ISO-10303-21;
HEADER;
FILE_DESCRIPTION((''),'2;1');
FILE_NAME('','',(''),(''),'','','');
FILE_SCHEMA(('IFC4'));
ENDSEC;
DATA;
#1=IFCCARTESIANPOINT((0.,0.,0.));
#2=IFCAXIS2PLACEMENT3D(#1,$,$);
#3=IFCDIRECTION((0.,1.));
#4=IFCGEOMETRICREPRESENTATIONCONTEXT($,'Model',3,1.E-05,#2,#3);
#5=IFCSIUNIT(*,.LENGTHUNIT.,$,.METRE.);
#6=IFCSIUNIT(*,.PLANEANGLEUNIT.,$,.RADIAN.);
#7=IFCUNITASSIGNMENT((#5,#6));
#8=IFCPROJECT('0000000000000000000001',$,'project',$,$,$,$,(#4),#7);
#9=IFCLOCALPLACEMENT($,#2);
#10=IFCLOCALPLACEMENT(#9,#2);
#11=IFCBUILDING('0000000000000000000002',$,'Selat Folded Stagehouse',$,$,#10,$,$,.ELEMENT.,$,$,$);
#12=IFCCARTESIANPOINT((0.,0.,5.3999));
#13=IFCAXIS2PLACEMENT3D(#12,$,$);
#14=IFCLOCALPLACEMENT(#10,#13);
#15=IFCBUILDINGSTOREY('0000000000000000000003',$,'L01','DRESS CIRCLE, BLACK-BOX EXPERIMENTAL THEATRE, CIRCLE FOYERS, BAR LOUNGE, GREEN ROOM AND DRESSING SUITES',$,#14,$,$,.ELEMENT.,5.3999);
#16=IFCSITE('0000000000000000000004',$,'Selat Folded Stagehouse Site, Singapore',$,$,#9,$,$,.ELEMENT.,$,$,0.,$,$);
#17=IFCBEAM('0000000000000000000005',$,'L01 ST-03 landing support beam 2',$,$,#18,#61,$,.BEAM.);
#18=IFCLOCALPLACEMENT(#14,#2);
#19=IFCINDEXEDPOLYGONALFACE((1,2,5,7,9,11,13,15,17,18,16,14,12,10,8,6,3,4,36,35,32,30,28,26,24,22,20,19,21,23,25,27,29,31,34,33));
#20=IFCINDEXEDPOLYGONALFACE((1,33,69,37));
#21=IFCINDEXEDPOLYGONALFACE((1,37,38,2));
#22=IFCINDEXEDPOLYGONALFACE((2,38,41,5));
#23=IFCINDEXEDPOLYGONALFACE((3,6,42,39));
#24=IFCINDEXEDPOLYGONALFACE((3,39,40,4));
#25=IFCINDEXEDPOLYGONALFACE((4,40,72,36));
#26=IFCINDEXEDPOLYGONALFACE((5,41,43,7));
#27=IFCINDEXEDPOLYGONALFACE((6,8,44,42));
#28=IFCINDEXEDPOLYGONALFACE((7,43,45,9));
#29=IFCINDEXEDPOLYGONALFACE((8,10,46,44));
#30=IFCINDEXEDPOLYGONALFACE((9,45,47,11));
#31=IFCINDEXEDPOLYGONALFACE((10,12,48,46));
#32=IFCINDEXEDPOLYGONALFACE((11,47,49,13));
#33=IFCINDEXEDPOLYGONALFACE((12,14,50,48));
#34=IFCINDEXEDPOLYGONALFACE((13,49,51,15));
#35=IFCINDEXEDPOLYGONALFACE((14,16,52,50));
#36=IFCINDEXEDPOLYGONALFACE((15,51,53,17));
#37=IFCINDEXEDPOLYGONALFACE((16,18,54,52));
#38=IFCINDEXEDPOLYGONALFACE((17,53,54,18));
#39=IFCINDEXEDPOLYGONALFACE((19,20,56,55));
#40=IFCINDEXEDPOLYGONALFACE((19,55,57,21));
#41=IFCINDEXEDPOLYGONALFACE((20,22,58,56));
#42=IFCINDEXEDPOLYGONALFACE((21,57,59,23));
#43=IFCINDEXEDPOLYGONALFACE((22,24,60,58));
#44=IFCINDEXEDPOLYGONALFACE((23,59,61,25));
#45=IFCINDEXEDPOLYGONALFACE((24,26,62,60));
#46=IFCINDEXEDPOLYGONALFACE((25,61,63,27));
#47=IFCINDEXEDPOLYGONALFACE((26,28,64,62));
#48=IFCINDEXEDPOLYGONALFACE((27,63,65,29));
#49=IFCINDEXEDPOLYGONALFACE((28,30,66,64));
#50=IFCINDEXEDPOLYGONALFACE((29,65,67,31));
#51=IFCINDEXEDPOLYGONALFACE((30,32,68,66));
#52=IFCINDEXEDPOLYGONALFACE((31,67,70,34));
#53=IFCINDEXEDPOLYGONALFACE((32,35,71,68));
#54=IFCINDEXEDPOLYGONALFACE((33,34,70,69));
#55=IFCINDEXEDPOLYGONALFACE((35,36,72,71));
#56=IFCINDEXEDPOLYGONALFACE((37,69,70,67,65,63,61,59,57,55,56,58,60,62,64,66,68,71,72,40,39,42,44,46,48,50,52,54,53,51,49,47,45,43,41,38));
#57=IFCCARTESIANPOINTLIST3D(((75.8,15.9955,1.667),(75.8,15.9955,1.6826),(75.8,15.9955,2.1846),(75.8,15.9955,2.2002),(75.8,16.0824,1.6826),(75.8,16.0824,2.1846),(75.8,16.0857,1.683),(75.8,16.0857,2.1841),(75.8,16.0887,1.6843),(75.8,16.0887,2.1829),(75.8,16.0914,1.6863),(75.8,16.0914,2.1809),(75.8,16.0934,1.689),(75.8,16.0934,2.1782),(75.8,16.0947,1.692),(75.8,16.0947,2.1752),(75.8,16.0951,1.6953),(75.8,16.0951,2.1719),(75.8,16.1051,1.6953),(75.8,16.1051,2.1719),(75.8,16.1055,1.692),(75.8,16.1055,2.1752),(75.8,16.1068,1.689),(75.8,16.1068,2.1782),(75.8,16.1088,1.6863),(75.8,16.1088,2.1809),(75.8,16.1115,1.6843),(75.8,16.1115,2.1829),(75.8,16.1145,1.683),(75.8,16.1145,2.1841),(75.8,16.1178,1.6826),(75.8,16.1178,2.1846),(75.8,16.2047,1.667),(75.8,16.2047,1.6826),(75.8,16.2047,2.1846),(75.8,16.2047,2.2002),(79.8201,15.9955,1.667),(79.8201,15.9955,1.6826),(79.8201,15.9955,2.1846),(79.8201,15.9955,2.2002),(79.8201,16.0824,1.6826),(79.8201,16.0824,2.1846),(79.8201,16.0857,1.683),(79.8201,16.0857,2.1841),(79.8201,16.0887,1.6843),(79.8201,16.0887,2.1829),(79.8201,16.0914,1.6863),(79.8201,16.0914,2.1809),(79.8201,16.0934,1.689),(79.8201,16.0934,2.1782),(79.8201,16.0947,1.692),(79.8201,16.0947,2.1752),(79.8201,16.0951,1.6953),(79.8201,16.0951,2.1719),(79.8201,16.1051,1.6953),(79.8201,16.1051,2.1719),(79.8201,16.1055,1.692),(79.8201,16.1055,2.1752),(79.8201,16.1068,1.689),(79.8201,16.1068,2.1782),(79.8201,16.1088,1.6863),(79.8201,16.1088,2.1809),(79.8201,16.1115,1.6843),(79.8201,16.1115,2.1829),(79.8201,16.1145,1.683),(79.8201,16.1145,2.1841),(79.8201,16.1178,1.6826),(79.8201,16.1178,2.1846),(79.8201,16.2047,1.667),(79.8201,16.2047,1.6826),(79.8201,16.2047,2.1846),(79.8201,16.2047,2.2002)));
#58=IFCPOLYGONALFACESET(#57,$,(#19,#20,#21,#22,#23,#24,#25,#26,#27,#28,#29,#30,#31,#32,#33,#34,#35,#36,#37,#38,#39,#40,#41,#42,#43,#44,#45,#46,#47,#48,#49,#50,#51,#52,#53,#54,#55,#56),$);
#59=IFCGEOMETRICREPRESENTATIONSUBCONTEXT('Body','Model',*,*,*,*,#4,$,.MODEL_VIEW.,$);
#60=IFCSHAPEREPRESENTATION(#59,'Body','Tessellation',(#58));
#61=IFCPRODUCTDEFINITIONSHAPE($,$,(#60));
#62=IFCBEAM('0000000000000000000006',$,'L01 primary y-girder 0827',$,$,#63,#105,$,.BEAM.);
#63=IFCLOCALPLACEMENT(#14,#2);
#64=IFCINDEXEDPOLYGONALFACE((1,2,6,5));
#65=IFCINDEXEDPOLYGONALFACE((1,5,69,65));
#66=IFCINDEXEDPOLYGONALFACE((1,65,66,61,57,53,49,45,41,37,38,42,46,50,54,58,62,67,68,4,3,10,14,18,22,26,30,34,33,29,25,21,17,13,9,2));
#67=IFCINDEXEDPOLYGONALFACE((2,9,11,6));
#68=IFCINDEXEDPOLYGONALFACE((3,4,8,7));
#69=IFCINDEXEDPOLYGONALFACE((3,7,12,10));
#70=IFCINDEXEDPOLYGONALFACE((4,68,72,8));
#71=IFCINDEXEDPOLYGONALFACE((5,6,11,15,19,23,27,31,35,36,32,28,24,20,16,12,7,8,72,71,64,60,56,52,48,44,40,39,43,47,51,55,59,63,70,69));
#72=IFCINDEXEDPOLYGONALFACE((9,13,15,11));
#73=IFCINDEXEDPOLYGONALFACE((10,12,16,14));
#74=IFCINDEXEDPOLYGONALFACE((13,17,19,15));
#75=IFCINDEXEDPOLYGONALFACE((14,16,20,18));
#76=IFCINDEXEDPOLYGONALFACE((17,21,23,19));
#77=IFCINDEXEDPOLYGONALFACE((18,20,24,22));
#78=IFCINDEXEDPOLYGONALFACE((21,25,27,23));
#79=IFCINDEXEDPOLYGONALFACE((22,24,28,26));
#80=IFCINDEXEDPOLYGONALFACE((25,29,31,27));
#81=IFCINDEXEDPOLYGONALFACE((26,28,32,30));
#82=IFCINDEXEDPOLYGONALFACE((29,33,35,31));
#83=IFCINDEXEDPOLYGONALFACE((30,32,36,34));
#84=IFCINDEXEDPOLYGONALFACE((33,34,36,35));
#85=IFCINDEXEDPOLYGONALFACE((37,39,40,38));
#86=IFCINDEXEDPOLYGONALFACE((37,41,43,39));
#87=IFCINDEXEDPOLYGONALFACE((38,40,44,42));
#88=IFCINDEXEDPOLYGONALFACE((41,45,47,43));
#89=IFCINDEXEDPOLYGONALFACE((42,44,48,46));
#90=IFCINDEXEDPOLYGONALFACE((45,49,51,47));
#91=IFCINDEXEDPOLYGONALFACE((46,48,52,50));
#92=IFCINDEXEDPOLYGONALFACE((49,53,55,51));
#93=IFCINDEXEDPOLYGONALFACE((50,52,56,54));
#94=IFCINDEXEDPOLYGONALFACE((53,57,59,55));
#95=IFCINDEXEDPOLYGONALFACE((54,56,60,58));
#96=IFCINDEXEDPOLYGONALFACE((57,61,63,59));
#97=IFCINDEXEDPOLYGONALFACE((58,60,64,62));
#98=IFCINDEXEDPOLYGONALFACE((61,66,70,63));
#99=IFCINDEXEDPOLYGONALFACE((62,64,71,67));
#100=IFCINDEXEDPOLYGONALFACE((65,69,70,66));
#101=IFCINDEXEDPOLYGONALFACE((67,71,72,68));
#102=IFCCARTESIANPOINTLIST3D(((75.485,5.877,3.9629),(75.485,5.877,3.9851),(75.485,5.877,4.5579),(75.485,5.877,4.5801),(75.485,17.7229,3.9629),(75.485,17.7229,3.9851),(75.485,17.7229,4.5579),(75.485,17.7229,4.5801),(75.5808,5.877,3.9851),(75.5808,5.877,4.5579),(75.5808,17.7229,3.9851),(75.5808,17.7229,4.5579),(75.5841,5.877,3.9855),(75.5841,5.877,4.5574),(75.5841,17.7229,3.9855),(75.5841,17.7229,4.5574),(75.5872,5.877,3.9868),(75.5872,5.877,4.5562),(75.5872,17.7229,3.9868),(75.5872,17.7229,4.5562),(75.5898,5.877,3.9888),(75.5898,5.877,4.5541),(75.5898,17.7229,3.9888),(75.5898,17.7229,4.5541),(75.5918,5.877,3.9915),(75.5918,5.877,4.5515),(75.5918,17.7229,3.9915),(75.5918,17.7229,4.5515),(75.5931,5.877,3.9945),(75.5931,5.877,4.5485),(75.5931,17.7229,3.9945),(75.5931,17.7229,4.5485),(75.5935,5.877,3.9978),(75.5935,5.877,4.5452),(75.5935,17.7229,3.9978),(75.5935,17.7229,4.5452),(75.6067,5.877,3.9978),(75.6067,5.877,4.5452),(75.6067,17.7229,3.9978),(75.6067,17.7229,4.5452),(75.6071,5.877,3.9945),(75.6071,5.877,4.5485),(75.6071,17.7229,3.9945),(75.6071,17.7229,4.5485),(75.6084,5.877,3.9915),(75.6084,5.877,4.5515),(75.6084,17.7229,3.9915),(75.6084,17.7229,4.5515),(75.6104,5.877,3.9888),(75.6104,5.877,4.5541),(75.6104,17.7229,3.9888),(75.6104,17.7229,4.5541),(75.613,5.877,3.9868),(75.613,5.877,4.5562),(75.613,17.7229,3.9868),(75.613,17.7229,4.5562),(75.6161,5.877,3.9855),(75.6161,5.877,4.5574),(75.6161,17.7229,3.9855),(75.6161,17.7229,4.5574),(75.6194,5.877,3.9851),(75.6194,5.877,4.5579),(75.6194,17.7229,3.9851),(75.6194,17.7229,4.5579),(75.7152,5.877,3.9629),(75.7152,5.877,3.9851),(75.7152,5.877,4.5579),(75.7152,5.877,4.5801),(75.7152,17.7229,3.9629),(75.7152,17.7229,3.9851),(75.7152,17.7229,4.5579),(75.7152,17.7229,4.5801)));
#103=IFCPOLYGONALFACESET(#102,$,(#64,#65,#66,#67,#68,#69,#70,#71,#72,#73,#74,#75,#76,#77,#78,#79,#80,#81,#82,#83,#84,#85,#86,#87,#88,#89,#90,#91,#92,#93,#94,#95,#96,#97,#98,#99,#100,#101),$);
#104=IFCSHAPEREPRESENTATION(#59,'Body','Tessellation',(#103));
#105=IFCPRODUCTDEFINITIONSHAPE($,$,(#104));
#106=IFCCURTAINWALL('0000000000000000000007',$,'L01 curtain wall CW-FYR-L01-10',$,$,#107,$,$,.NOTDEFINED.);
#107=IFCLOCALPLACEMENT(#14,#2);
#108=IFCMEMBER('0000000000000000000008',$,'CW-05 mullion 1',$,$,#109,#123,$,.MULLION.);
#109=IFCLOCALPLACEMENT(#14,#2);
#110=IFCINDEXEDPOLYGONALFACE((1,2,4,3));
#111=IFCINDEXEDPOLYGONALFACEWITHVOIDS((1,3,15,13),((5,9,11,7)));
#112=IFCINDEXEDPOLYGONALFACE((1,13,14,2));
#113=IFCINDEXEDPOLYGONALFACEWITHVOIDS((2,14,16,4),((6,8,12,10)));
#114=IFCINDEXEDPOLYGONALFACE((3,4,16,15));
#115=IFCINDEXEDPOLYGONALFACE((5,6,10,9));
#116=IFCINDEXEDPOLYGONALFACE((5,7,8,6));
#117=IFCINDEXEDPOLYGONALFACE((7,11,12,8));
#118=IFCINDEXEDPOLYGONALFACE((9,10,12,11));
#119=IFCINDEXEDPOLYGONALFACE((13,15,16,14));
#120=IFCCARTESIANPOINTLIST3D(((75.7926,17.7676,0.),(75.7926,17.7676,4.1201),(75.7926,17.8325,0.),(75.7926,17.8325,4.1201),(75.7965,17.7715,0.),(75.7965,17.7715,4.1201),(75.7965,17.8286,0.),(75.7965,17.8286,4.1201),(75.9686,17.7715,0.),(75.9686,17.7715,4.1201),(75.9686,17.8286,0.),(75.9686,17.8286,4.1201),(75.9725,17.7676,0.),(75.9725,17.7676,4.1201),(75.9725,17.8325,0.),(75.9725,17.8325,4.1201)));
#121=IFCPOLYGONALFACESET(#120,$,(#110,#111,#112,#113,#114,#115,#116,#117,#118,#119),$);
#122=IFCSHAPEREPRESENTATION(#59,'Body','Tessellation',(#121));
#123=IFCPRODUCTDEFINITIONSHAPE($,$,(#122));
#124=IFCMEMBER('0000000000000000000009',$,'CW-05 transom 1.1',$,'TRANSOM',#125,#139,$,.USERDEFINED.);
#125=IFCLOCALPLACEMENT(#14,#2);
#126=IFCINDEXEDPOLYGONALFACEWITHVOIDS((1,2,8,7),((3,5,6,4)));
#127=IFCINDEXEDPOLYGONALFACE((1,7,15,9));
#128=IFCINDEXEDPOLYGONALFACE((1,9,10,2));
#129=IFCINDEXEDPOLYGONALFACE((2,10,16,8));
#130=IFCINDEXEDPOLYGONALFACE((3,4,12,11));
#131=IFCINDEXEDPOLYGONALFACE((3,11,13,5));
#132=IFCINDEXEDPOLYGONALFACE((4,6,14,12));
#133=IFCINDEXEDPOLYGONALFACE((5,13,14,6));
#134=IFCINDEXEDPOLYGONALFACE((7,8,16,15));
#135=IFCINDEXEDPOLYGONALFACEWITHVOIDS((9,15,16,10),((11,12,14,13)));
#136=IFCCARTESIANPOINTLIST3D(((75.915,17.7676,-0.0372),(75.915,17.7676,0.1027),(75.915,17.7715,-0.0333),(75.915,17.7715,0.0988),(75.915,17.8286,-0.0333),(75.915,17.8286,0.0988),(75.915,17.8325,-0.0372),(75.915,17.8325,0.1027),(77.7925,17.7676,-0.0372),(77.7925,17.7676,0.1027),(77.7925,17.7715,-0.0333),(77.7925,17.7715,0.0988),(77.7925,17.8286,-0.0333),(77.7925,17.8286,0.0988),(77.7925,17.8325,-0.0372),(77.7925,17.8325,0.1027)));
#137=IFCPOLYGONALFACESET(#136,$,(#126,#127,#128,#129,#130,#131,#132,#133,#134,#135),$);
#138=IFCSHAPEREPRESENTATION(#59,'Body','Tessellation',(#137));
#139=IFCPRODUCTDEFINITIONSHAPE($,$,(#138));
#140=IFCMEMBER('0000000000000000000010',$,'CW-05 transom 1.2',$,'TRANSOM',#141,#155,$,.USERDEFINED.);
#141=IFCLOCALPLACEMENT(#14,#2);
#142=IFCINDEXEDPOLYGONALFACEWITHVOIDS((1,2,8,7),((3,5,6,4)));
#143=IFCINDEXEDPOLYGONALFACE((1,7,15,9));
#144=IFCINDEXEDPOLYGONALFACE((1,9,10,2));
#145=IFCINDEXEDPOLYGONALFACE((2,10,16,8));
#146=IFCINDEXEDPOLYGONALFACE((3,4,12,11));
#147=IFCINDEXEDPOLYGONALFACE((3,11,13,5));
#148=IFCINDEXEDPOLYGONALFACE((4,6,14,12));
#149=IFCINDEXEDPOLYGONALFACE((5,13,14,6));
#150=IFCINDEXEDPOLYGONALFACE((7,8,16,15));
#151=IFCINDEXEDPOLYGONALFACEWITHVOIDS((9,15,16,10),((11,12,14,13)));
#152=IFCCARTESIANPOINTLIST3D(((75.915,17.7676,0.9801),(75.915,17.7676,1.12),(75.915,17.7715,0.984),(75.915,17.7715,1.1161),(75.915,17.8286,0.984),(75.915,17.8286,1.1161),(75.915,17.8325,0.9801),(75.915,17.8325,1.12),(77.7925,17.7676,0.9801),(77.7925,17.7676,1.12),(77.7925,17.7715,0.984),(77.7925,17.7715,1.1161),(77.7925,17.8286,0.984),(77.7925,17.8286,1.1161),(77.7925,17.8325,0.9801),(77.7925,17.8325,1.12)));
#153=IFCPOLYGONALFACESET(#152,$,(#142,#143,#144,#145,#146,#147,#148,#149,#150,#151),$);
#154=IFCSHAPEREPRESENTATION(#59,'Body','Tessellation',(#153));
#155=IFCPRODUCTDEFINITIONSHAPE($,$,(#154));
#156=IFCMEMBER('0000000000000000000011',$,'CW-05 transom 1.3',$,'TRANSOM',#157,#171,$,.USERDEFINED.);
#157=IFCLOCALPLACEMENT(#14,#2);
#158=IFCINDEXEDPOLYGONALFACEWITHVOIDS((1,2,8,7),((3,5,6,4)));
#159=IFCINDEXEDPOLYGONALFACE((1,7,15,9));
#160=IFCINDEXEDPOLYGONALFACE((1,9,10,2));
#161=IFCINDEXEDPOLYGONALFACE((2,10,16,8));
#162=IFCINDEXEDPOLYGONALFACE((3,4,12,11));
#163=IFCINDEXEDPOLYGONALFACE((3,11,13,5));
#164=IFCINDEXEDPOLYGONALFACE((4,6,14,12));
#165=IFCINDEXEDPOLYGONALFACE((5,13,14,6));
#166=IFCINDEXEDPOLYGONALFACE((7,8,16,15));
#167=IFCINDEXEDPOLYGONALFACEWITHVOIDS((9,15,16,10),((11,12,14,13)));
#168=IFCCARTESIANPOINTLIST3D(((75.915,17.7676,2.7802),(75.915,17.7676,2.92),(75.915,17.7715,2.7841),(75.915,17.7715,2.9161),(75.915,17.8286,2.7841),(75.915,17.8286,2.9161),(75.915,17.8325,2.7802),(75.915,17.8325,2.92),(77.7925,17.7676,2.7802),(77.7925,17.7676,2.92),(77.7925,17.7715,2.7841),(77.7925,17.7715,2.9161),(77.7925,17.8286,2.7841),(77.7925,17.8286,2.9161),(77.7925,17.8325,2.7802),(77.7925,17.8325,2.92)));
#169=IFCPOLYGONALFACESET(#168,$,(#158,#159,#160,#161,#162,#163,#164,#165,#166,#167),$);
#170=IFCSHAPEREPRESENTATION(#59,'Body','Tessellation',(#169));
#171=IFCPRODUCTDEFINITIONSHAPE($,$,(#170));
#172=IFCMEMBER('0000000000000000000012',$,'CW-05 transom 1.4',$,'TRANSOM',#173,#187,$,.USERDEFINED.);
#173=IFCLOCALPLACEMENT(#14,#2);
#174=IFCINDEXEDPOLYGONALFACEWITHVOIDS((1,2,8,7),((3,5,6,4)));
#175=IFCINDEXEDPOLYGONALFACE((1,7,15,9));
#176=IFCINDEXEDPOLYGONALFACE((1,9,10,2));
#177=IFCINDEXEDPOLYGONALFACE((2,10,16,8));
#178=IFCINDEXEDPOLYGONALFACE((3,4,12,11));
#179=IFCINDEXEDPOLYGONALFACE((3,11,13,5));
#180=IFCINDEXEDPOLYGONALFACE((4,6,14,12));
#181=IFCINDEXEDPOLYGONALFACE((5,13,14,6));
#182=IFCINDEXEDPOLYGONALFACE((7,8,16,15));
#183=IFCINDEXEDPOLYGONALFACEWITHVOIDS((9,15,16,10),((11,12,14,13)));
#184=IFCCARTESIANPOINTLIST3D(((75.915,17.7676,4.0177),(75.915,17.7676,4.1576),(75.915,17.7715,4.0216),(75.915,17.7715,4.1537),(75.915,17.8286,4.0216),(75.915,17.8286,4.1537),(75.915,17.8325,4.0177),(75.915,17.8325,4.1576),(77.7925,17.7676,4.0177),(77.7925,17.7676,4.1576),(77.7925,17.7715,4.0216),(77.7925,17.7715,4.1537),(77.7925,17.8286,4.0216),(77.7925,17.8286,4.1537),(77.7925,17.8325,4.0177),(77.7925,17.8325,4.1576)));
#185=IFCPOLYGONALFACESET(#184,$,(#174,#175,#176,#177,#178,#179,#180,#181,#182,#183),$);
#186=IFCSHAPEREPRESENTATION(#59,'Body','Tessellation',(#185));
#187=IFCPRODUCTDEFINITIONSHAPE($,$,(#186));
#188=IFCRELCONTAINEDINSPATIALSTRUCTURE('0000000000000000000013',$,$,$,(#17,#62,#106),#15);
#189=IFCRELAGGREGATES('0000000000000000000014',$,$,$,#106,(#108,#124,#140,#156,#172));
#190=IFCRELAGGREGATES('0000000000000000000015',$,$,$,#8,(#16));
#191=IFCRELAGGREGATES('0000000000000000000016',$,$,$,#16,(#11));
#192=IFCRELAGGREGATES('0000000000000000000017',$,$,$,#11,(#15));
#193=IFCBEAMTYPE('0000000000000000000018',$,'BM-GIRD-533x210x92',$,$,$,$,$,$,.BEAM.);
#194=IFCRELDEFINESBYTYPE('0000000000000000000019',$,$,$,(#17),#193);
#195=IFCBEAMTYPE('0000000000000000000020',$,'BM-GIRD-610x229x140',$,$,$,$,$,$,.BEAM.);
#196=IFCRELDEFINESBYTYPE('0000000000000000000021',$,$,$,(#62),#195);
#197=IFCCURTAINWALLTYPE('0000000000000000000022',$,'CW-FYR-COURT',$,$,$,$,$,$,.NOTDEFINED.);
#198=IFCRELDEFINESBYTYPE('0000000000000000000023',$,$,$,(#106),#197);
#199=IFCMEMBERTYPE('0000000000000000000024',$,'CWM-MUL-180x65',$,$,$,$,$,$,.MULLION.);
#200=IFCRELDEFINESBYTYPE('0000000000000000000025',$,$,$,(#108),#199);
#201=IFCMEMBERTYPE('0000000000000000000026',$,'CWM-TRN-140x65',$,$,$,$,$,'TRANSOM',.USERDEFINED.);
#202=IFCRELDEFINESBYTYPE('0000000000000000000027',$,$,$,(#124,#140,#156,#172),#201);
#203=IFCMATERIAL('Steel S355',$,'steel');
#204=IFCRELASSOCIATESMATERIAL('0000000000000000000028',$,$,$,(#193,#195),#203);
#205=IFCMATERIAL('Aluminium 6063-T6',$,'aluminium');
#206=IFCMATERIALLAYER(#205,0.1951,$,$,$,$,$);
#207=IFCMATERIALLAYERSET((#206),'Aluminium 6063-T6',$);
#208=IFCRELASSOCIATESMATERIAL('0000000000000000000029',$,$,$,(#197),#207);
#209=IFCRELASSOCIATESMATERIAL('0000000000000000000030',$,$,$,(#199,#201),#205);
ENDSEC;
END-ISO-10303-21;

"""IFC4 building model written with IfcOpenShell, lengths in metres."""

from ifc_helpers import new_model, si_unit, direction, frame, origin, origin_2d, place, context, subcontext, project, spatial, hollow_rectangle, i_section, extrude, material, layer, layer_set, material_profile, profile_set, type_object, element, aggregate, save


model = new_model("IFC4")

# Units and contexts
model_context = context("Model", 3, precision=1e-05, world=origin(), true_north=direction((0.0, 1.0)))
body_context = subcontext(model_context, "Body", "Model", "MODEL_VIEW")
ifc_project = project(units=[si_unit("LENGTHUNIT", "METRE"), si_unit("PLANEANGLEUNIT", "RADIAN")], contexts=[model_context])

# Site, building, storey
site_placement = place(None, origin())
site = spatial("IfcSite", under=ifc_project, at=site_placement, Name="Selat Folded Stagehouse Site, Singapore", CompositionType="ELEMENT", RefElevation=0.0)
building_placement = place(site_placement, origin())
building = spatial("IfcBuilding", under=site, at=building_placement, Name="Selat Folded Stagehouse", CompositionType="ELEMENT")
storey_placement = place(building_placement, frame((0.0, 0.0, 5.3999)))
storey = spatial("IfcBuildingStorey", under=building, at=storey_placement, Name="L01", Description="DRESS CIRCLE, BLACK-BOX EXPERIMENTAL THEATRE, CIRCLE FOYERS, BAR LOUNGE, GREEN ROOM AND DRESSING SUITES", CompositionType="ELEMENT", Elevation=5.3999)

# Shared definitions
ifc_material_1 = material(Name="Steel S355", Category="steel")

# Beams
ifc_material_profile_1 = material_profile(ifc_material_1, i_section(OverallWidth=0.2092, OverallDepth=0.5332, WebThickness=0.01, FlangeThickness=0.0156, FilletRadius=0.0127, at=origin_2d()), Name="UKB 533x210x92")
ifc_profile_set_1 = profile_set([ifc_material_profile_1], Name="Steel S355")
beam_type_1 = type_object("IfcBeamType", Name="BM-GIRD-533x210x92", PredefinedType="BEAM", material=ifc_profile_set_1)
for number, where, z_axis, x_axis, name in (
    (1, (75.8, 16.1001, 1.9336), (1.0, 0.0, 0.0), (0.0, 1.0, 0.0), "L01 ST-03 landing support beam 2"),
):
    element("IfcBeam", number, at=place(storey_placement, frame(where, z_axis=z_axis, x_axis=x_axis)), inside=storey, type_object=beam_type_1, Name=name, PredefinedType="BEAM", context=body_context, shape_type="SweptSolid", body=[
        extrude(i_section(OverallWidth=0.2092, OverallDepth=0.5332, WebThickness=0.01, FlangeThickness=0.0156, FilletRadius=0.0127, at=origin_2d()), origin(), (0.0, 0.0, 1.0), 4.02),
    ])
ifc_material_profile_2 = material_profile(ifc_material_1, i_section(OverallWidth=0.2302, OverallDepth=0.6172, WebThickness=0.0132, FlangeThickness=0.0222, FilletRadius=0.0127, at=origin_2d()), Name="UKB 610x229x140")
ifc_profile_set_2 = profile_set([ifc_material_profile_2], Name="Steel S355")
beam_type_2 = type_object("IfcBeamType", Name="BM-GIRD-610x229x140", PredefinedType="BEAM", material=ifc_profile_set_2)
beam_1_placement = place(storey_placement, frame((75.6001, 5.877, 4.2715), z_axis=(0.0, 1.0, 0.0), x_axis=(-1.0, 0.0, 0.0)))
element("IfcBeam", 2, at=beam_1_placement, inside=storey, type_object=beam_type_2, Name="L01 primary y-girder 0827", PredefinedType="BEAM", context=body_context, shape_type="SweptSolid", body=[
    extrude(i_section(OverallWidth=0.2302, OverallDepth=0.6172, WebThickness=0.0132, FlangeThickness=0.0222, FilletRadius=0.0127, at=origin_2d()), origin(), (0.0, 0.0, 1.0), 11.8459),
])

# Curtain wall, members
ifc_material_2 = material(Name="Aluminium 6063-T6", Category="aluminium")
ifc_layer_1 = layer(ifc_material_2, 0.1951)
ifc_layer_set_1 = layer_set([ifc_layer_1], Name="Aluminium 6063-T6")
curtain_wall_type = type_object("IfcCurtainWallType", Name="CW-FYR-COURT", PredefinedType="NOTDEFINED", material=ifc_layer_set_1)
curtain_wall_placement = place(storey_placement, origin())
curtain_wall = element("IfcCurtainWall", 3, at=curtain_wall_placement, inside=storey, type_object=curtain_wall_type, Name="L01 curtain wall CW-FYR-L01-10", PredefinedType="NOTDEFINED")
ifc_material_profile_3 = material_profile(ifc_material_2, hollow_rectangle(XDim=0.0649, YDim=0.1799, WallThickness=0.0039, at=origin_2d()), Name="ALU 180x65x4.0")
ifc_profile_set_3 = profile_set([ifc_material_profile_3], Name="Aluminium 6063-T6")
member_type_1 = type_object("IfcMemberType", Name="CWM-MUL-180x65", PredefinedType="MULLION", material=ifc_profile_set_3)
member_1_placement = place(storey_placement, frame((75.8826, 17.8, 0.0), z_axis=(0.0, 0.0, 1.0), x_axis=(0.0, 1.0, 0.0)))
member_1 = element("IfcMember", 4, at=member_1_placement, type_object=member_type_1, Name="CW-05 mullion 1", PredefinedType="MULLION", context=body_context, shape_type="SweptSolid", body=[
    extrude(hollow_rectangle(XDim=0.0649, YDim=0.1799, WallThickness=0.0039, at=origin_2d()), origin(), (0.0, 0.0, 1.0), 4.1201),
])
ifc_material_profile_4 = material_profile(ifc_material_2, hollow_rectangle(XDim=0.0649, YDim=0.1399, WallThickness=0.0039, at=origin_2d()), Name="ALU 140x65x4.0")
ifc_profile_set_4 = profile_set([ifc_material_profile_4], Name="Aluminium 6063-T6")
member_type_2 = type_object("IfcMemberType", Name="CWM-TRN-140x65", ElementType="TRANSOM", PredefinedType="USERDEFINED", material=ifc_profile_set_4)
member_2_placement = place(storey_placement, frame((75.915, 17.8, 0.0327), z_axis=(1.0, 0.0, 0.0), x_axis=(0.0, 1.0, 0.0)))
member_2 = element("IfcMember", 5, at=member_2_placement, type_object=member_type_2, Name="CW-05 transom 1.1", ObjectType="TRANSOM", PredefinedType="USERDEFINED", context=body_context, shape_type="SweptSolid", body=[
    extrude(hollow_rectangle(XDim=0.0649, YDim=0.1399, WallThickness=0.0039, at=origin_2d()), origin(), (0.0, 0.0, 1.0), 1.8774),
])
member_3_placement = place(storey_placement, frame((75.915, 17.8, 1.05), z_axis=(1.0, 0.0, 0.0), x_axis=(0.0, 1.0, 0.0)))
member_3 = element("IfcMember", 6, at=member_3_placement, type_object=member_type_2, Name="CW-05 transom 1.2", ObjectType="TRANSOM", PredefinedType="USERDEFINED", context=body_context, shape_type="SweptSolid", body=[
    extrude(hollow_rectangle(XDim=0.0649, YDim=0.1399, WallThickness=0.0039, at=origin_2d()), origin(), (0.0, 0.0, 1.0), 1.8774),
])
member_4_placement = place(storey_placement, frame((75.915, 17.8, 2.8501), z_axis=(1.0, 0.0, 0.0), x_axis=(0.0, 1.0, 0.0)))
member_4 = element("IfcMember", 7, at=member_4_placement, type_object=member_type_2, Name="CW-05 transom 1.3", ObjectType="TRANSOM", PredefinedType="USERDEFINED", context=body_context, shape_type="SweptSolid", body=[
    extrude(hollow_rectangle(XDim=0.0649, YDim=0.1399, WallThickness=0.0039, at=origin_2d()), origin(), (0.0, 0.0, 1.0), 1.8774),
])
member_5_placement = place(storey_placement, frame((75.915, 17.8, 4.0876), z_axis=(1.0, 0.0, 0.0), x_axis=(0.0, 1.0, 0.0)))
member_5 = element("IfcMember", 8, at=member_5_placement, type_object=member_type_2, Name="CW-05 transom 1.4", ObjectType="TRANSOM", PredefinedType="USERDEFINED", context=body_context, shape_type="SweptSolid", body=[
    extrude(hollow_rectangle(XDim=0.0649, YDim=0.1399, WallThickness=0.0039, at=origin_2d()), origin(), (0.0, 0.0, 1.0), 1.8774),
])
aggregate(curtain_wall, [member_1, member_2, member_3, member_4, member_5])

save(model, "model.ifc")
